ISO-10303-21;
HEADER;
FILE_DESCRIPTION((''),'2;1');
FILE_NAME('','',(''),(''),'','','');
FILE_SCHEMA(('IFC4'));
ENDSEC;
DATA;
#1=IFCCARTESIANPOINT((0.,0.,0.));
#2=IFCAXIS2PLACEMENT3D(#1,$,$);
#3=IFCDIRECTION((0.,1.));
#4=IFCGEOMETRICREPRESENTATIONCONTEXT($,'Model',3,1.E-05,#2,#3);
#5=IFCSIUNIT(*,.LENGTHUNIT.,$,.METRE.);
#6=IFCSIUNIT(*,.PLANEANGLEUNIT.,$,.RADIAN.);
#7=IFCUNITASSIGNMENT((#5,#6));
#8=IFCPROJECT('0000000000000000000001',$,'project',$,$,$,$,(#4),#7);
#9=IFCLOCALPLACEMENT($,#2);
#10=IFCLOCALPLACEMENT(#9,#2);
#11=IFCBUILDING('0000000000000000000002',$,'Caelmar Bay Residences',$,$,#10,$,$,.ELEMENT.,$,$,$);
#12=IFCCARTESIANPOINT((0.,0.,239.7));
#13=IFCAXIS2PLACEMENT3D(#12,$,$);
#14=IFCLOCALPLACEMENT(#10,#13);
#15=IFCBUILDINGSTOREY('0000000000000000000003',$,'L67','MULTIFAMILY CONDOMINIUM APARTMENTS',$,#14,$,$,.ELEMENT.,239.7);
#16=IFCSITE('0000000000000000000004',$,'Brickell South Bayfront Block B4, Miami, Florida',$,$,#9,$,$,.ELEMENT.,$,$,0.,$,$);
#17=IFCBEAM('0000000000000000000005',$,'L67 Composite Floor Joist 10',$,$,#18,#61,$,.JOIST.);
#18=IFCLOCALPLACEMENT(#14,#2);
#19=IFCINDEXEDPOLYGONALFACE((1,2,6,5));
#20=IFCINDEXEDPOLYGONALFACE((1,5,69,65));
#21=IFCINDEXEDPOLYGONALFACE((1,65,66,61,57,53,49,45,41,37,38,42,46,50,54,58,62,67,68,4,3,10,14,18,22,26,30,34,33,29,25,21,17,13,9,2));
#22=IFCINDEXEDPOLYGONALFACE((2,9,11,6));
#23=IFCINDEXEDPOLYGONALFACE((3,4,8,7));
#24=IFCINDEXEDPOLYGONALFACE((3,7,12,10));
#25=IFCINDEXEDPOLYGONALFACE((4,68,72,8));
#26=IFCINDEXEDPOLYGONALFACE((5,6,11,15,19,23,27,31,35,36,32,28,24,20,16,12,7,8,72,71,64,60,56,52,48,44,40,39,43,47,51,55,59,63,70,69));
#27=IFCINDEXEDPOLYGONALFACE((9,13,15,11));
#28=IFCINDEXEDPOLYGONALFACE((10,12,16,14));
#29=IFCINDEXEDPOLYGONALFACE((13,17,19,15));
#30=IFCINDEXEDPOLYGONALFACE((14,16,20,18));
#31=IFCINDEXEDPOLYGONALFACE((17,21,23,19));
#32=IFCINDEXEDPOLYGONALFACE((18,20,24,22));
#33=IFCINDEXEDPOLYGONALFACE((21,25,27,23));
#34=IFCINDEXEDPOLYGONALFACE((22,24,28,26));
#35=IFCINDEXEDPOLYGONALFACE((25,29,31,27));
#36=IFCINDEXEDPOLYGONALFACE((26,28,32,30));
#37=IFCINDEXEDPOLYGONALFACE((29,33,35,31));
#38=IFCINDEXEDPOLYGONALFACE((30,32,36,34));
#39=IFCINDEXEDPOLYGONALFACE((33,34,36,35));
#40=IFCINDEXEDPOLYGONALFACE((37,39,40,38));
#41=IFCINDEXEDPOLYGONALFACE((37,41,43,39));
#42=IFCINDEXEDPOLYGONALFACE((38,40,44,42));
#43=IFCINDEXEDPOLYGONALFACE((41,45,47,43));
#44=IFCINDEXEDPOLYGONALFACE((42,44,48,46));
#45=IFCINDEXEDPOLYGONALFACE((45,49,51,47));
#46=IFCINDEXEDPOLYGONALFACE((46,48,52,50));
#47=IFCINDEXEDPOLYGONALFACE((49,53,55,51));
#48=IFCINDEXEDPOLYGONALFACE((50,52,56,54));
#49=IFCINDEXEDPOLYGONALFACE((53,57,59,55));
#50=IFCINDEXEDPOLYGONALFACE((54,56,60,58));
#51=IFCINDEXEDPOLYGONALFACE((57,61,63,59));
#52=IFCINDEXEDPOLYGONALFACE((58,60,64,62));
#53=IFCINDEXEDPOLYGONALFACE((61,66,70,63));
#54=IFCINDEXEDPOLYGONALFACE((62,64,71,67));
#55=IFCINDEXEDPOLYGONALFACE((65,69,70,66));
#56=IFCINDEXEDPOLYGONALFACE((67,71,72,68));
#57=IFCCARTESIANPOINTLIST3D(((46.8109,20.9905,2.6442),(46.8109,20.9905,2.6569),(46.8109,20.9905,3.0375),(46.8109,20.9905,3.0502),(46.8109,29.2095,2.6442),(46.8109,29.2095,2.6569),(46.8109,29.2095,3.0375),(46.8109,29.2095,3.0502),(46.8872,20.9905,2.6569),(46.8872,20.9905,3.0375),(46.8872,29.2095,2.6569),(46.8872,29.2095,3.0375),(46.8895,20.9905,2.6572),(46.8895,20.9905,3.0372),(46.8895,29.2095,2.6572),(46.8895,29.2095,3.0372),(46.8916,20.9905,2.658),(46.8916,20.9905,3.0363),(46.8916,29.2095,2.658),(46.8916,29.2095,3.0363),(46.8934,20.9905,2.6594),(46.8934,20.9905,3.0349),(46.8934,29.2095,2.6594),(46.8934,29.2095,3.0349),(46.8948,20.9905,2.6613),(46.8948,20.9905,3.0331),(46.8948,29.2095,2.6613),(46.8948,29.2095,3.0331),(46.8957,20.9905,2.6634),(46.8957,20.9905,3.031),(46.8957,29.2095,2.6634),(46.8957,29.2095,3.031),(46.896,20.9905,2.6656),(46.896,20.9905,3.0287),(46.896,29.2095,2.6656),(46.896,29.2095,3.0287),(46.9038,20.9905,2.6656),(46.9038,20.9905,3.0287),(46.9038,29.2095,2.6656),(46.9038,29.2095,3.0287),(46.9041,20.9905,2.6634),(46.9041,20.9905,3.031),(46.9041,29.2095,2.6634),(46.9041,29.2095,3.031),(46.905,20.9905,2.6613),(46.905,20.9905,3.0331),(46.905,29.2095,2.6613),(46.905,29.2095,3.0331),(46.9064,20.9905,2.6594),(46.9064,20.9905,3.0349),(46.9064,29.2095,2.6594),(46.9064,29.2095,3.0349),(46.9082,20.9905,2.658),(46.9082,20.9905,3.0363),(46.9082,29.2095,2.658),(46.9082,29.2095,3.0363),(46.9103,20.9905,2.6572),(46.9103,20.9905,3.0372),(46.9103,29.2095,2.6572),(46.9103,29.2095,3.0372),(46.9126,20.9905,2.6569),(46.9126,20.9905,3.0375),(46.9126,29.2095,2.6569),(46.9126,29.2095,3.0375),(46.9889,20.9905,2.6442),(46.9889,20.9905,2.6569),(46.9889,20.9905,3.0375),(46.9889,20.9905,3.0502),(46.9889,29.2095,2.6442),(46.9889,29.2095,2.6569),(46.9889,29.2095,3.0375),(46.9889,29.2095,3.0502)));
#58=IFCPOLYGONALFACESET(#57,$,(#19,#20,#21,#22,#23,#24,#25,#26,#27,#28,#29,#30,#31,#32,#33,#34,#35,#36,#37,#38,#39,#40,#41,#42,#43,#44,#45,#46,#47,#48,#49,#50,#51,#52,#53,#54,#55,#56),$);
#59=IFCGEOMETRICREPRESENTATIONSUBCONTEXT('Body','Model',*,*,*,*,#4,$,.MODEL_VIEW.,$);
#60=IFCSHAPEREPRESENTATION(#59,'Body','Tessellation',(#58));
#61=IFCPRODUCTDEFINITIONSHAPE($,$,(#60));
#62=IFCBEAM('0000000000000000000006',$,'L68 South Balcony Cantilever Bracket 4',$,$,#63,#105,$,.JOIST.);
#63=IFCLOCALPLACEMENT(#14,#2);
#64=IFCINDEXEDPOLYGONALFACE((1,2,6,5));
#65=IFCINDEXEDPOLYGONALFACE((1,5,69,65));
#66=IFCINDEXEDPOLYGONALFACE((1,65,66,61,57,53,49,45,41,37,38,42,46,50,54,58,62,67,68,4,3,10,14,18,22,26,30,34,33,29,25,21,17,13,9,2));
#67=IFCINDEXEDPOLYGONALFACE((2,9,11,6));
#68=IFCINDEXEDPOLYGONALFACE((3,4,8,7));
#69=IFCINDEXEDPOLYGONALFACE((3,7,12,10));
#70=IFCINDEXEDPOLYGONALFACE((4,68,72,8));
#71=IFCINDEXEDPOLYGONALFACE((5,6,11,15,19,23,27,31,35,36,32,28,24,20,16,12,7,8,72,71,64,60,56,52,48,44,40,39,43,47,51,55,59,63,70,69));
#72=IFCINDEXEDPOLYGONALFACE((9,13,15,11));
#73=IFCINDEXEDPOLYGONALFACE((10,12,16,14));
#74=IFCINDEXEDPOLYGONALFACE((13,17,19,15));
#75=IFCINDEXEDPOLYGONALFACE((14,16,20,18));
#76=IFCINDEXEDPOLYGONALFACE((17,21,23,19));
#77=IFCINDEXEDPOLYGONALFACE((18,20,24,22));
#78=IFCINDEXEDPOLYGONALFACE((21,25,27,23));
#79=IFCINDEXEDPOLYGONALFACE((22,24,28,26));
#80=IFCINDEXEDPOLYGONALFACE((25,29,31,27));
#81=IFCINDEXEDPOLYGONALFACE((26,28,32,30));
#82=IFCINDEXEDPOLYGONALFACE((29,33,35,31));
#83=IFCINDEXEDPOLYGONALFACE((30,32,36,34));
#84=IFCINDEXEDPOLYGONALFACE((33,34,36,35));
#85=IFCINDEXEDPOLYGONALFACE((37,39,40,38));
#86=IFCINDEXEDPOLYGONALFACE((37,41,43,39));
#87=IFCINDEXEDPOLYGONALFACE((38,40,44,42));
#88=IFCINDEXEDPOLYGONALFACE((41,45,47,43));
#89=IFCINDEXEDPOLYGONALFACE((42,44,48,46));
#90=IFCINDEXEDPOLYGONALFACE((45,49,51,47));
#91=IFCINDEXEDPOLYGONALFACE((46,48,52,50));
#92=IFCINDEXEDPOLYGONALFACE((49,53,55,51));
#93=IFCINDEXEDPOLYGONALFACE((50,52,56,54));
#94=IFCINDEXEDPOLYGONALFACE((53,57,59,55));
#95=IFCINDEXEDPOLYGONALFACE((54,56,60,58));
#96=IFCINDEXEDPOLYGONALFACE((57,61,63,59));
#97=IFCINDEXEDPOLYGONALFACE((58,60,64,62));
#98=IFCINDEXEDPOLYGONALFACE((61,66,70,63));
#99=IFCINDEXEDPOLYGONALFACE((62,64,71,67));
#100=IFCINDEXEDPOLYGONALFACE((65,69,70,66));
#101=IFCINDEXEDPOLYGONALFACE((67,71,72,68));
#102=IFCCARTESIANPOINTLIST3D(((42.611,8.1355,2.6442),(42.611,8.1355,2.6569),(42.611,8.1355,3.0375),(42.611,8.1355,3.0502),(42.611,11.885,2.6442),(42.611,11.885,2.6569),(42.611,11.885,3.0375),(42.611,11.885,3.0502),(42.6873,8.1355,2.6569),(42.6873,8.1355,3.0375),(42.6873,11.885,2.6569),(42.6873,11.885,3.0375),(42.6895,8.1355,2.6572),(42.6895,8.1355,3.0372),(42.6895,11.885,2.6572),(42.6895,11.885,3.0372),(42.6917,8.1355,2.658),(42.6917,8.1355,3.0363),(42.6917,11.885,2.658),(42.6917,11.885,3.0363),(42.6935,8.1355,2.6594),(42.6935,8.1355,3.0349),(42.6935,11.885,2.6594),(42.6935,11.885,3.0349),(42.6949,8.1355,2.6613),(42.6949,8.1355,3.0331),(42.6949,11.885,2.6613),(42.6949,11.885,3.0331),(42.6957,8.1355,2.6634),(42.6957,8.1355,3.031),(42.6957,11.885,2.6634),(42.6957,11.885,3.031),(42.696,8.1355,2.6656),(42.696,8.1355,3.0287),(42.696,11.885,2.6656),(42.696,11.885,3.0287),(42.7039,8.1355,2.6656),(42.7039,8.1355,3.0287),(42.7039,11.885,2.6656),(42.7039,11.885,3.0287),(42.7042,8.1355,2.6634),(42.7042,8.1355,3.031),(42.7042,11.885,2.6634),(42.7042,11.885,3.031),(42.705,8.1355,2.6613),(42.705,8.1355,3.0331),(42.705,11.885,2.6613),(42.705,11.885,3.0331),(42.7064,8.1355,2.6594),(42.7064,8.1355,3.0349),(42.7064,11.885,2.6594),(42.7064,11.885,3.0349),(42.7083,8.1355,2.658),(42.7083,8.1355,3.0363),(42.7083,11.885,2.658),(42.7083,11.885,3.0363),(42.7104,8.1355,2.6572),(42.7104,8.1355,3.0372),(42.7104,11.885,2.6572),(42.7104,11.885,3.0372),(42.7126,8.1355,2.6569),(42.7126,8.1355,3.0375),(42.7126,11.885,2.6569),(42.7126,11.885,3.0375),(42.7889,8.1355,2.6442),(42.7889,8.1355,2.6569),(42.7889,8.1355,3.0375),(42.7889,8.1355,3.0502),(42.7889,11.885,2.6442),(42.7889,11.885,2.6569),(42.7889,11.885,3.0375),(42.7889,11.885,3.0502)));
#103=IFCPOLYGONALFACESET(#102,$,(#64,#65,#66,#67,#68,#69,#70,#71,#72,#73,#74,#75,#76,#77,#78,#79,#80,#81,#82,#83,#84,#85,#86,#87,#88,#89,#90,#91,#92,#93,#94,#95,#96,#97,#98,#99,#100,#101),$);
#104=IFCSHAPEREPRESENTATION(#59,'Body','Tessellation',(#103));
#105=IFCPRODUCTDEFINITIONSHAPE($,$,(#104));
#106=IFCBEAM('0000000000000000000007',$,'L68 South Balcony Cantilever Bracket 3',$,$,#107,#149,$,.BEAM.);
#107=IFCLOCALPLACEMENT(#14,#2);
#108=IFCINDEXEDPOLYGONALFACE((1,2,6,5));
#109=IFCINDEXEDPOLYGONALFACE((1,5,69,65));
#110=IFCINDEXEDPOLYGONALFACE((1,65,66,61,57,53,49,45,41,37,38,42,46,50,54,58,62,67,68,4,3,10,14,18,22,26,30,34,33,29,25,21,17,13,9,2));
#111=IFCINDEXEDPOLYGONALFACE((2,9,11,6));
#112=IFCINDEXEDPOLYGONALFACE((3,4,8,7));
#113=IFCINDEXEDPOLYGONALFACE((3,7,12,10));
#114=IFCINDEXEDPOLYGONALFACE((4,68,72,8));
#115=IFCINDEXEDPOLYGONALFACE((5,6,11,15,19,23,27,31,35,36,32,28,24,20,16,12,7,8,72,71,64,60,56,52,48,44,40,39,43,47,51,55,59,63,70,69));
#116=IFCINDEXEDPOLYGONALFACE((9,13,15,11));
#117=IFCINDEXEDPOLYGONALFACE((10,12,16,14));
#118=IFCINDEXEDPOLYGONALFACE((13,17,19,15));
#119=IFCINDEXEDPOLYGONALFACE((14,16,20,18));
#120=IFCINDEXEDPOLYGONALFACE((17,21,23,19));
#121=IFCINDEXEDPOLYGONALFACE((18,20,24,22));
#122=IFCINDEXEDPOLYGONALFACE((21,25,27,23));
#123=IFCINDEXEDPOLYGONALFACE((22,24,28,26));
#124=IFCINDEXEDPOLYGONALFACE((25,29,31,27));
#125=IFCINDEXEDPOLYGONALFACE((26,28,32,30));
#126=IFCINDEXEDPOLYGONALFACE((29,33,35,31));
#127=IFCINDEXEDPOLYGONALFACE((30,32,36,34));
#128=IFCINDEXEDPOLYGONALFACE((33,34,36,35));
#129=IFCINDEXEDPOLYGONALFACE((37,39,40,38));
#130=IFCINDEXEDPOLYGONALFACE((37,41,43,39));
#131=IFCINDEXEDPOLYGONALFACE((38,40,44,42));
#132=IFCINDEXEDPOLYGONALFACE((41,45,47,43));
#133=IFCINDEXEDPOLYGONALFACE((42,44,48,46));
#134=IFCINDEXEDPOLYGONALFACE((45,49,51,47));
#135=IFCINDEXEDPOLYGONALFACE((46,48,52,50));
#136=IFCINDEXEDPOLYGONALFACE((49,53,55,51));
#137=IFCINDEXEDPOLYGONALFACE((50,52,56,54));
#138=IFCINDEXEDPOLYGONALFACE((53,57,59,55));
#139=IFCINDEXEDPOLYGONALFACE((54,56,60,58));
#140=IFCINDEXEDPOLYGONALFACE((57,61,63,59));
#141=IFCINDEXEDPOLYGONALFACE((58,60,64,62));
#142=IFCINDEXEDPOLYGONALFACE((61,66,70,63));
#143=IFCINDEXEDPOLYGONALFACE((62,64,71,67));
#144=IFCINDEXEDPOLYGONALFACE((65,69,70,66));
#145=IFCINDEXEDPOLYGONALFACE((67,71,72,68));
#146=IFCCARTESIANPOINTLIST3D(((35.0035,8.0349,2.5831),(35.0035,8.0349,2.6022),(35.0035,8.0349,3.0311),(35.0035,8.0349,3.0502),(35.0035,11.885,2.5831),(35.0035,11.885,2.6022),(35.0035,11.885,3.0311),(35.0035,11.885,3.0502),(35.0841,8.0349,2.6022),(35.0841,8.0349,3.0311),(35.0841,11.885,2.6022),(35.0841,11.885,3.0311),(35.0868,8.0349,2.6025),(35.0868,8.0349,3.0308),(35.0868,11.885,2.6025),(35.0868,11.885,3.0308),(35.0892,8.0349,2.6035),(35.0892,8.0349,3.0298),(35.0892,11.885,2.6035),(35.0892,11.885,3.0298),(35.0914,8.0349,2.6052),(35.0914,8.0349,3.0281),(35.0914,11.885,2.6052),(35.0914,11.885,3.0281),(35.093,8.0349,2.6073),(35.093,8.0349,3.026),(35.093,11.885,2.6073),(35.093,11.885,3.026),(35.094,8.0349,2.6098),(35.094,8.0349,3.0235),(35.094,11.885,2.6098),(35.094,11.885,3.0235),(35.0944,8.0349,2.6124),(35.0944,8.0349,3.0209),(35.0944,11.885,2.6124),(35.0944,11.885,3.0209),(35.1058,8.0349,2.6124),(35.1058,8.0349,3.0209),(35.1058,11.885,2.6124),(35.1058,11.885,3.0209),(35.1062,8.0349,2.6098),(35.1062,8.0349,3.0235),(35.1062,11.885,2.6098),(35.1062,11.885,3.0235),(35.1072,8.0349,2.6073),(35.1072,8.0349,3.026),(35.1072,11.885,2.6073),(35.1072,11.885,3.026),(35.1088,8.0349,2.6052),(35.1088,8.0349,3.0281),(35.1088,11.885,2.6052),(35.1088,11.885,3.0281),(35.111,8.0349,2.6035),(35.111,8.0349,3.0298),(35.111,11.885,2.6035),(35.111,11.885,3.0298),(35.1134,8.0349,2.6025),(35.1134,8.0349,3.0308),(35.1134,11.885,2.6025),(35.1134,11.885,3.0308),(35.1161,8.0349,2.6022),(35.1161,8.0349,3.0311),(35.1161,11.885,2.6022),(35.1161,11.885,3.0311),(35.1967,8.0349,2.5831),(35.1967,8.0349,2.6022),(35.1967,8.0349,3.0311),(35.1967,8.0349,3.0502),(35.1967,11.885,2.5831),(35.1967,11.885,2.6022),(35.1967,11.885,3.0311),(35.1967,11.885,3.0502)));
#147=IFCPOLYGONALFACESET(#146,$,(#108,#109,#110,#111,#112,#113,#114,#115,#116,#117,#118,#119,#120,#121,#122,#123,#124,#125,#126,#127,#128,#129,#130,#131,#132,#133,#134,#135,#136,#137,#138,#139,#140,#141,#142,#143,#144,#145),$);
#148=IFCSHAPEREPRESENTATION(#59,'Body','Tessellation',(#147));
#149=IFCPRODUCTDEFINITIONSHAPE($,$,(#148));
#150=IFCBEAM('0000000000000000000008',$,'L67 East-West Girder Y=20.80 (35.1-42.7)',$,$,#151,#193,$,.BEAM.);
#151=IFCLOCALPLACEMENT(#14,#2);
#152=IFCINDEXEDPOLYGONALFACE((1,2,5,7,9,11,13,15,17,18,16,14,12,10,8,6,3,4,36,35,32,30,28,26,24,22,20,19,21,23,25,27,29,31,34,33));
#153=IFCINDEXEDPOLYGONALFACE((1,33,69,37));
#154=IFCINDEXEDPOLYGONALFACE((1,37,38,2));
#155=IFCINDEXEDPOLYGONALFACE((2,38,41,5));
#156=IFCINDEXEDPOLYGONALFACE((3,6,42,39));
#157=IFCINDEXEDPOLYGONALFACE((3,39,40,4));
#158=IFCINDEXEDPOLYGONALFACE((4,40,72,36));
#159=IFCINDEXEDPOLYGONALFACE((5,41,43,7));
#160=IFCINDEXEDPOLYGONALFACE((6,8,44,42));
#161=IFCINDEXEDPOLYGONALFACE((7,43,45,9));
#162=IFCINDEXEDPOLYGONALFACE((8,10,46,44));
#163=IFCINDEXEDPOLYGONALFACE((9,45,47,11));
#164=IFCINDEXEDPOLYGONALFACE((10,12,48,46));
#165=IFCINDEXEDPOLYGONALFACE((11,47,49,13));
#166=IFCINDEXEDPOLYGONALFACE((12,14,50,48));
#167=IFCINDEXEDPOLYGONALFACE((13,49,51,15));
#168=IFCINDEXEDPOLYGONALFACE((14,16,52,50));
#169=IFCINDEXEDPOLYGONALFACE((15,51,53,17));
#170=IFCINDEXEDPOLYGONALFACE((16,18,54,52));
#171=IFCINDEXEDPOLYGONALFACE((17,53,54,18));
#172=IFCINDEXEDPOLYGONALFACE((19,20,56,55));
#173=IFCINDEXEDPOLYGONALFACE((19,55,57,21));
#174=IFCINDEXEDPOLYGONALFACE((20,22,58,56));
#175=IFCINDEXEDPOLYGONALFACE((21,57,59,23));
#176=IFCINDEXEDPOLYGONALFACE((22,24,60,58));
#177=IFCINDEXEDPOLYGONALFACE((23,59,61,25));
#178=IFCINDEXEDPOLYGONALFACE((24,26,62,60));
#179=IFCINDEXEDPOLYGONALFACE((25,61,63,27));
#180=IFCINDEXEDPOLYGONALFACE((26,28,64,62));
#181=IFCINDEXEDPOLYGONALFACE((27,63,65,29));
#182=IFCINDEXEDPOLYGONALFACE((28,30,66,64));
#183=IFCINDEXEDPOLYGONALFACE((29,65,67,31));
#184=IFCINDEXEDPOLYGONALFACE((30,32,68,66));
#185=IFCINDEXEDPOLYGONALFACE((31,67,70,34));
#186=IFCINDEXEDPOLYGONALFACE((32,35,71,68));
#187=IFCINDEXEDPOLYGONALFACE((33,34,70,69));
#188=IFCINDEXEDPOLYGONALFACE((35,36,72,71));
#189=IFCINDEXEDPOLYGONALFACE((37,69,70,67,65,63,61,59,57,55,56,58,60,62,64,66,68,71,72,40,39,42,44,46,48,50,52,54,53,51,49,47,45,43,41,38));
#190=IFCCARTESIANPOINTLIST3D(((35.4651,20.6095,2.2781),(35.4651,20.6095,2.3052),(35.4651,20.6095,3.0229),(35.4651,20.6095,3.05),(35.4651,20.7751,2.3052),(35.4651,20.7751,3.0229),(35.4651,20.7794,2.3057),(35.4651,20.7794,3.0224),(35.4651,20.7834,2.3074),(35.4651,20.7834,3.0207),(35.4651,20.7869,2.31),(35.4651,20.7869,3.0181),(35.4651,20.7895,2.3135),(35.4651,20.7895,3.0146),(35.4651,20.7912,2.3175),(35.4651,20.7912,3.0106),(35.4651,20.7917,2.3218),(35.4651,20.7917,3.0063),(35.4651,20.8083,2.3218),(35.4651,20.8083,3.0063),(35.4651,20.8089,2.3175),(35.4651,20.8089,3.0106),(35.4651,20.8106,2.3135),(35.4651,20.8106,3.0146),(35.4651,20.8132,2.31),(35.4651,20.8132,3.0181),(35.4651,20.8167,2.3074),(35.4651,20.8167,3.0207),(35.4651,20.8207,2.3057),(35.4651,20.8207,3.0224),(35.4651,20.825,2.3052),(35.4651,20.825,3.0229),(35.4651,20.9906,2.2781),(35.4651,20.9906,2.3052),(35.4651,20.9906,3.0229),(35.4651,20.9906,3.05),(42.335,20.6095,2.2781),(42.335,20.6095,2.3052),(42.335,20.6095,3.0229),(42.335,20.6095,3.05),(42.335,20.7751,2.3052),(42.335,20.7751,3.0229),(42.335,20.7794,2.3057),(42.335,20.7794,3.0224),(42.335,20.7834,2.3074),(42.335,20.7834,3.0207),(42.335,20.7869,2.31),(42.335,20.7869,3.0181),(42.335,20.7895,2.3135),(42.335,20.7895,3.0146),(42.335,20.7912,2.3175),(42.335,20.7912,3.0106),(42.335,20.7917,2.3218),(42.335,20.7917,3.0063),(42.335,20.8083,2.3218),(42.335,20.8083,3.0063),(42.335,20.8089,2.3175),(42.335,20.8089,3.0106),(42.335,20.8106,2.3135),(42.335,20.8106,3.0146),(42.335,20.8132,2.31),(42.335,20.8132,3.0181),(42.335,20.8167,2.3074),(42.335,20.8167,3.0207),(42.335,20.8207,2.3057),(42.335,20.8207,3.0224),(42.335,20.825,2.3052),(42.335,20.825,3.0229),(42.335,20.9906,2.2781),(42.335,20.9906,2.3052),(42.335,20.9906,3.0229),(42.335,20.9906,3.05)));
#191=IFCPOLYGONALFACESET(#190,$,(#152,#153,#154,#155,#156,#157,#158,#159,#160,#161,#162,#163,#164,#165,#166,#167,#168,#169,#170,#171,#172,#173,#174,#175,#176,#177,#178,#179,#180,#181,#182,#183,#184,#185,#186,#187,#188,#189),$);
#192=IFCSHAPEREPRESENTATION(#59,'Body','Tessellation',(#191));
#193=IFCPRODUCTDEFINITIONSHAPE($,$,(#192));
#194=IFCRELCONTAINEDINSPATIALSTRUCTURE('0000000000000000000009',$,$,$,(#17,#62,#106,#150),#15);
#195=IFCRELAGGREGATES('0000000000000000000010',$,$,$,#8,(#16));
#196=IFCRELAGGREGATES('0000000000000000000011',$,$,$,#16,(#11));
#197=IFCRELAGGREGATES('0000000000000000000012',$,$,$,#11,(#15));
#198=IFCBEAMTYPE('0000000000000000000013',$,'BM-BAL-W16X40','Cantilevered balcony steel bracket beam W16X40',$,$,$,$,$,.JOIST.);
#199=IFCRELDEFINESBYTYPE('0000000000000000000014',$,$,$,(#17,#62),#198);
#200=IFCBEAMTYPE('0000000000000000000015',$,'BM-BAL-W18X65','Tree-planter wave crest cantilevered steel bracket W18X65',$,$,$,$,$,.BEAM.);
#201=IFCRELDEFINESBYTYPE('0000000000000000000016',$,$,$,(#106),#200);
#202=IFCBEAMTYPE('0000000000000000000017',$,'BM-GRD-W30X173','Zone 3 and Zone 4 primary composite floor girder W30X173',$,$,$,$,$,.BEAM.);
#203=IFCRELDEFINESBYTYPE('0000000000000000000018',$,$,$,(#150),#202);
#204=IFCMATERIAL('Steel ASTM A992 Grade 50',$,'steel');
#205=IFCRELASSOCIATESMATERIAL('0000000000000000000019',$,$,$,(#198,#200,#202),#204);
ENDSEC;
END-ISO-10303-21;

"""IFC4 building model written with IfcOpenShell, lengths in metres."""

from ifc_helpers import new_model, si_unit, direction, frame, origin, origin_2d, place, context, subcontext, project, spatial, i_section, extrude, material, material_profile, profile_set, type_object, element, save


model = new_model("IFC4")

# Units and contexts
model_context = context("Model", 3, precision=1e-05, world=origin(), true_north=direction((0.0, 1.0)))
body_context = subcontext(model_context, "Body", "Model", "MODEL_VIEW")
ifc_project = project(units=[si_unit("LENGTHUNIT", "METRE"), si_unit("PLANEANGLEUNIT", "RADIAN")], contexts=[model_context])

# Site, building, storey
site_placement = place(None, origin())
site = spatial("IfcSite", under=ifc_project, at=site_placement, Name="Brickell South Bayfront Block B4, Miami, Florida", CompositionType="ELEMENT", RefElevation=0.0)
building_placement = place(site_placement, origin())
building = spatial("IfcBuilding", under=site, at=building_placement, Name="Caelmar Bay Residences", CompositionType="ELEMENT")
storey_placement = place(building_placement, frame((0.0, 0.0, 239.7)))
storey = spatial("IfcBuildingStorey", under=building, at=storey_placement, Name="L67", Description="MULTIFAMILY CONDOMINIUM APARTMENTS", CompositionType="ELEMENT", Elevation=239.7)

# Beams
ifc_material_1 = material(Name="Steel ASTM A992 Grade 50", Category="steel")
ifc_material_profile_1 = material_profile(ifc_material_1, i_section(OverallWidth=0.178, OverallDepth=0.406, WebThickness=0.0078, FlangeThickness=0.0127, FilletRadius=0.0088, at=origin_2d()), Name="W16X40")
ifc_profile_set_1 = profile_set([ifc_material_profile_1], Name="Steel ASTM A992 Grade 50")
beam_type_1 = type_object("IfcBeamType", Name="BM-BAL-W16X40", Description="Cantilevered balcony steel bracket beam W16X40", PredefinedType="JOIST", material=ifc_profile_set_1)
for number, where, z_axis, x_axis, name in (
    (1, (46.8999, 20.9905, 2.8472), (0.0, 1.0, 0.0), (-1.0, 0.0, 0.0), "L67 Composite Floor Joist 10"),
):
    element("IfcBeam", number, at=place(storey_placement, frame(where, z_axis=z_axis, x_axis=x_axis)), inside=storey, type_object=beam_type_1, Name=name, PredefinedType="JOIST", context=body_context, shape_type="SweptSolid", body=[
        extrude(i_section(OverallWidth=0.178, OverallDepth=0.406, WebThickness=0.0078, FlangeThickness=0.0127, FilletRadius=0.0088, at=origin_2d()), origin(), (0.0, 0.0, 1.0), 8.219),
    ])
beam_1_placement = place(storey_placement, frame((42.7, 11.885, 2.8472), z_axis=(0.0, -1.0, 0.0), x_axis=(1.0, 0.0, 0.0)))
element("IfcBeam", 2, at=beam_1_placement, inside=storey, type_object=beam_type_1, Name="L68 South Balcony Cantilever Bracket 4", PredefinedType="JOIST", context=body_context, shape_type="SweptSolid", body=[
    extrude(i_section(OverallWidth=0.178, OverallDepth=0.406, WebThickness=0.0078, FlangeThickness=0.0127, FilletRadius=0.0088, at=origin_2d()), origin(), (0.0, 0.0, 1.0), 3.7495),
])
ifc_material_profile_2 = material_profile(ifc_material_1, i_section(OverallWidth=0.1931, OverallDepth=0.467, WebThickness=0.0115, FlangeThickness=0.019, FilletRadius=0.0103, at=origin_2d()), Name="W18X65")
ifc_profile_set_2 = profile_set([ifc_material_profile_2], Name="Steel ASTM A992 Grade 50")
beam_type_2 = type_object("IfcBeamType", Name="BM-BAL-W18X65", Description="Tree-planter wave crest cantilevered steel bracket W18X65", PredefinedType="BEAM", material=ifc_profile_set_2)
beam_2_placement = place(storey_placement, frame((35.1001, 11.885, 2.8167), z_axis=(0.0, -1.0, 0.0), x_axis=(1.0, 0.0, 0.0)))
element("IfcBeam", 3, at=beam_2_placement, inside=storey, type_object=beam_type_2, Name="L68 South Balcony Cantilever Bracket 3", PredefinedType="BEAM", context=body_context, shape_type="SweptSolid", body=[
    extrude(i_section(OverallWidth=0.1931, OverallDepth=0.467, WebThickness=0.0115, FlangeThickness=0.019, FilletRadius=0.0103, at=origin_2d()), origin(), (0.0, 0.0, 1.0), 3.8501),
])
ifc_material_profile_3 = material_profile(ifc_material_1, i_section(OverallWidth=0.3811, OverallDepth=0.772, WebThickness=0.0166, FlangeThickness=0.0271, FilletRadius=0.0166, at=origin_2d()), Name="W30X173")
ifc_profile_set_3 = profile_set([ifc_material_profile_3], Name="Steel ASTM A992 Grade 50")
beam_type_3 = type_object("IfcBeamType", Name="BM-GRD-W30X173", Description="Zone 3 and Zone 4 primary composite floor girder W30X173", PredefinedType="BEAM", material=ifc_profile_set_3)
beam_3_placement = place(storey_placement, frame((35.4651, 20.8, 2.6641), z_axis=(1.0, 0.0, 0.0), x_axis=(0.0, 1.0, 0.0)))
element("IfcBeam", 4, at=beam_3_placement, inside=storey, type_object=beam_type_3, Name="L67 East-West Girder Y=20.80 (35.1-42.7)", PredefinedType="BEAM", context=body_context, shape_type="SweptSolid", body=[
    extrude(i_section(OverallWidth=0.3811, OverallDepth=0.772, WebThickness=0.0166, FlangeThickness=0.0271, FilletRadius=0.0166, at=origin_2d()), origin(), (0.0, 0.0, 1.0), 6.8699),
])

save(model, "model.ifc")
